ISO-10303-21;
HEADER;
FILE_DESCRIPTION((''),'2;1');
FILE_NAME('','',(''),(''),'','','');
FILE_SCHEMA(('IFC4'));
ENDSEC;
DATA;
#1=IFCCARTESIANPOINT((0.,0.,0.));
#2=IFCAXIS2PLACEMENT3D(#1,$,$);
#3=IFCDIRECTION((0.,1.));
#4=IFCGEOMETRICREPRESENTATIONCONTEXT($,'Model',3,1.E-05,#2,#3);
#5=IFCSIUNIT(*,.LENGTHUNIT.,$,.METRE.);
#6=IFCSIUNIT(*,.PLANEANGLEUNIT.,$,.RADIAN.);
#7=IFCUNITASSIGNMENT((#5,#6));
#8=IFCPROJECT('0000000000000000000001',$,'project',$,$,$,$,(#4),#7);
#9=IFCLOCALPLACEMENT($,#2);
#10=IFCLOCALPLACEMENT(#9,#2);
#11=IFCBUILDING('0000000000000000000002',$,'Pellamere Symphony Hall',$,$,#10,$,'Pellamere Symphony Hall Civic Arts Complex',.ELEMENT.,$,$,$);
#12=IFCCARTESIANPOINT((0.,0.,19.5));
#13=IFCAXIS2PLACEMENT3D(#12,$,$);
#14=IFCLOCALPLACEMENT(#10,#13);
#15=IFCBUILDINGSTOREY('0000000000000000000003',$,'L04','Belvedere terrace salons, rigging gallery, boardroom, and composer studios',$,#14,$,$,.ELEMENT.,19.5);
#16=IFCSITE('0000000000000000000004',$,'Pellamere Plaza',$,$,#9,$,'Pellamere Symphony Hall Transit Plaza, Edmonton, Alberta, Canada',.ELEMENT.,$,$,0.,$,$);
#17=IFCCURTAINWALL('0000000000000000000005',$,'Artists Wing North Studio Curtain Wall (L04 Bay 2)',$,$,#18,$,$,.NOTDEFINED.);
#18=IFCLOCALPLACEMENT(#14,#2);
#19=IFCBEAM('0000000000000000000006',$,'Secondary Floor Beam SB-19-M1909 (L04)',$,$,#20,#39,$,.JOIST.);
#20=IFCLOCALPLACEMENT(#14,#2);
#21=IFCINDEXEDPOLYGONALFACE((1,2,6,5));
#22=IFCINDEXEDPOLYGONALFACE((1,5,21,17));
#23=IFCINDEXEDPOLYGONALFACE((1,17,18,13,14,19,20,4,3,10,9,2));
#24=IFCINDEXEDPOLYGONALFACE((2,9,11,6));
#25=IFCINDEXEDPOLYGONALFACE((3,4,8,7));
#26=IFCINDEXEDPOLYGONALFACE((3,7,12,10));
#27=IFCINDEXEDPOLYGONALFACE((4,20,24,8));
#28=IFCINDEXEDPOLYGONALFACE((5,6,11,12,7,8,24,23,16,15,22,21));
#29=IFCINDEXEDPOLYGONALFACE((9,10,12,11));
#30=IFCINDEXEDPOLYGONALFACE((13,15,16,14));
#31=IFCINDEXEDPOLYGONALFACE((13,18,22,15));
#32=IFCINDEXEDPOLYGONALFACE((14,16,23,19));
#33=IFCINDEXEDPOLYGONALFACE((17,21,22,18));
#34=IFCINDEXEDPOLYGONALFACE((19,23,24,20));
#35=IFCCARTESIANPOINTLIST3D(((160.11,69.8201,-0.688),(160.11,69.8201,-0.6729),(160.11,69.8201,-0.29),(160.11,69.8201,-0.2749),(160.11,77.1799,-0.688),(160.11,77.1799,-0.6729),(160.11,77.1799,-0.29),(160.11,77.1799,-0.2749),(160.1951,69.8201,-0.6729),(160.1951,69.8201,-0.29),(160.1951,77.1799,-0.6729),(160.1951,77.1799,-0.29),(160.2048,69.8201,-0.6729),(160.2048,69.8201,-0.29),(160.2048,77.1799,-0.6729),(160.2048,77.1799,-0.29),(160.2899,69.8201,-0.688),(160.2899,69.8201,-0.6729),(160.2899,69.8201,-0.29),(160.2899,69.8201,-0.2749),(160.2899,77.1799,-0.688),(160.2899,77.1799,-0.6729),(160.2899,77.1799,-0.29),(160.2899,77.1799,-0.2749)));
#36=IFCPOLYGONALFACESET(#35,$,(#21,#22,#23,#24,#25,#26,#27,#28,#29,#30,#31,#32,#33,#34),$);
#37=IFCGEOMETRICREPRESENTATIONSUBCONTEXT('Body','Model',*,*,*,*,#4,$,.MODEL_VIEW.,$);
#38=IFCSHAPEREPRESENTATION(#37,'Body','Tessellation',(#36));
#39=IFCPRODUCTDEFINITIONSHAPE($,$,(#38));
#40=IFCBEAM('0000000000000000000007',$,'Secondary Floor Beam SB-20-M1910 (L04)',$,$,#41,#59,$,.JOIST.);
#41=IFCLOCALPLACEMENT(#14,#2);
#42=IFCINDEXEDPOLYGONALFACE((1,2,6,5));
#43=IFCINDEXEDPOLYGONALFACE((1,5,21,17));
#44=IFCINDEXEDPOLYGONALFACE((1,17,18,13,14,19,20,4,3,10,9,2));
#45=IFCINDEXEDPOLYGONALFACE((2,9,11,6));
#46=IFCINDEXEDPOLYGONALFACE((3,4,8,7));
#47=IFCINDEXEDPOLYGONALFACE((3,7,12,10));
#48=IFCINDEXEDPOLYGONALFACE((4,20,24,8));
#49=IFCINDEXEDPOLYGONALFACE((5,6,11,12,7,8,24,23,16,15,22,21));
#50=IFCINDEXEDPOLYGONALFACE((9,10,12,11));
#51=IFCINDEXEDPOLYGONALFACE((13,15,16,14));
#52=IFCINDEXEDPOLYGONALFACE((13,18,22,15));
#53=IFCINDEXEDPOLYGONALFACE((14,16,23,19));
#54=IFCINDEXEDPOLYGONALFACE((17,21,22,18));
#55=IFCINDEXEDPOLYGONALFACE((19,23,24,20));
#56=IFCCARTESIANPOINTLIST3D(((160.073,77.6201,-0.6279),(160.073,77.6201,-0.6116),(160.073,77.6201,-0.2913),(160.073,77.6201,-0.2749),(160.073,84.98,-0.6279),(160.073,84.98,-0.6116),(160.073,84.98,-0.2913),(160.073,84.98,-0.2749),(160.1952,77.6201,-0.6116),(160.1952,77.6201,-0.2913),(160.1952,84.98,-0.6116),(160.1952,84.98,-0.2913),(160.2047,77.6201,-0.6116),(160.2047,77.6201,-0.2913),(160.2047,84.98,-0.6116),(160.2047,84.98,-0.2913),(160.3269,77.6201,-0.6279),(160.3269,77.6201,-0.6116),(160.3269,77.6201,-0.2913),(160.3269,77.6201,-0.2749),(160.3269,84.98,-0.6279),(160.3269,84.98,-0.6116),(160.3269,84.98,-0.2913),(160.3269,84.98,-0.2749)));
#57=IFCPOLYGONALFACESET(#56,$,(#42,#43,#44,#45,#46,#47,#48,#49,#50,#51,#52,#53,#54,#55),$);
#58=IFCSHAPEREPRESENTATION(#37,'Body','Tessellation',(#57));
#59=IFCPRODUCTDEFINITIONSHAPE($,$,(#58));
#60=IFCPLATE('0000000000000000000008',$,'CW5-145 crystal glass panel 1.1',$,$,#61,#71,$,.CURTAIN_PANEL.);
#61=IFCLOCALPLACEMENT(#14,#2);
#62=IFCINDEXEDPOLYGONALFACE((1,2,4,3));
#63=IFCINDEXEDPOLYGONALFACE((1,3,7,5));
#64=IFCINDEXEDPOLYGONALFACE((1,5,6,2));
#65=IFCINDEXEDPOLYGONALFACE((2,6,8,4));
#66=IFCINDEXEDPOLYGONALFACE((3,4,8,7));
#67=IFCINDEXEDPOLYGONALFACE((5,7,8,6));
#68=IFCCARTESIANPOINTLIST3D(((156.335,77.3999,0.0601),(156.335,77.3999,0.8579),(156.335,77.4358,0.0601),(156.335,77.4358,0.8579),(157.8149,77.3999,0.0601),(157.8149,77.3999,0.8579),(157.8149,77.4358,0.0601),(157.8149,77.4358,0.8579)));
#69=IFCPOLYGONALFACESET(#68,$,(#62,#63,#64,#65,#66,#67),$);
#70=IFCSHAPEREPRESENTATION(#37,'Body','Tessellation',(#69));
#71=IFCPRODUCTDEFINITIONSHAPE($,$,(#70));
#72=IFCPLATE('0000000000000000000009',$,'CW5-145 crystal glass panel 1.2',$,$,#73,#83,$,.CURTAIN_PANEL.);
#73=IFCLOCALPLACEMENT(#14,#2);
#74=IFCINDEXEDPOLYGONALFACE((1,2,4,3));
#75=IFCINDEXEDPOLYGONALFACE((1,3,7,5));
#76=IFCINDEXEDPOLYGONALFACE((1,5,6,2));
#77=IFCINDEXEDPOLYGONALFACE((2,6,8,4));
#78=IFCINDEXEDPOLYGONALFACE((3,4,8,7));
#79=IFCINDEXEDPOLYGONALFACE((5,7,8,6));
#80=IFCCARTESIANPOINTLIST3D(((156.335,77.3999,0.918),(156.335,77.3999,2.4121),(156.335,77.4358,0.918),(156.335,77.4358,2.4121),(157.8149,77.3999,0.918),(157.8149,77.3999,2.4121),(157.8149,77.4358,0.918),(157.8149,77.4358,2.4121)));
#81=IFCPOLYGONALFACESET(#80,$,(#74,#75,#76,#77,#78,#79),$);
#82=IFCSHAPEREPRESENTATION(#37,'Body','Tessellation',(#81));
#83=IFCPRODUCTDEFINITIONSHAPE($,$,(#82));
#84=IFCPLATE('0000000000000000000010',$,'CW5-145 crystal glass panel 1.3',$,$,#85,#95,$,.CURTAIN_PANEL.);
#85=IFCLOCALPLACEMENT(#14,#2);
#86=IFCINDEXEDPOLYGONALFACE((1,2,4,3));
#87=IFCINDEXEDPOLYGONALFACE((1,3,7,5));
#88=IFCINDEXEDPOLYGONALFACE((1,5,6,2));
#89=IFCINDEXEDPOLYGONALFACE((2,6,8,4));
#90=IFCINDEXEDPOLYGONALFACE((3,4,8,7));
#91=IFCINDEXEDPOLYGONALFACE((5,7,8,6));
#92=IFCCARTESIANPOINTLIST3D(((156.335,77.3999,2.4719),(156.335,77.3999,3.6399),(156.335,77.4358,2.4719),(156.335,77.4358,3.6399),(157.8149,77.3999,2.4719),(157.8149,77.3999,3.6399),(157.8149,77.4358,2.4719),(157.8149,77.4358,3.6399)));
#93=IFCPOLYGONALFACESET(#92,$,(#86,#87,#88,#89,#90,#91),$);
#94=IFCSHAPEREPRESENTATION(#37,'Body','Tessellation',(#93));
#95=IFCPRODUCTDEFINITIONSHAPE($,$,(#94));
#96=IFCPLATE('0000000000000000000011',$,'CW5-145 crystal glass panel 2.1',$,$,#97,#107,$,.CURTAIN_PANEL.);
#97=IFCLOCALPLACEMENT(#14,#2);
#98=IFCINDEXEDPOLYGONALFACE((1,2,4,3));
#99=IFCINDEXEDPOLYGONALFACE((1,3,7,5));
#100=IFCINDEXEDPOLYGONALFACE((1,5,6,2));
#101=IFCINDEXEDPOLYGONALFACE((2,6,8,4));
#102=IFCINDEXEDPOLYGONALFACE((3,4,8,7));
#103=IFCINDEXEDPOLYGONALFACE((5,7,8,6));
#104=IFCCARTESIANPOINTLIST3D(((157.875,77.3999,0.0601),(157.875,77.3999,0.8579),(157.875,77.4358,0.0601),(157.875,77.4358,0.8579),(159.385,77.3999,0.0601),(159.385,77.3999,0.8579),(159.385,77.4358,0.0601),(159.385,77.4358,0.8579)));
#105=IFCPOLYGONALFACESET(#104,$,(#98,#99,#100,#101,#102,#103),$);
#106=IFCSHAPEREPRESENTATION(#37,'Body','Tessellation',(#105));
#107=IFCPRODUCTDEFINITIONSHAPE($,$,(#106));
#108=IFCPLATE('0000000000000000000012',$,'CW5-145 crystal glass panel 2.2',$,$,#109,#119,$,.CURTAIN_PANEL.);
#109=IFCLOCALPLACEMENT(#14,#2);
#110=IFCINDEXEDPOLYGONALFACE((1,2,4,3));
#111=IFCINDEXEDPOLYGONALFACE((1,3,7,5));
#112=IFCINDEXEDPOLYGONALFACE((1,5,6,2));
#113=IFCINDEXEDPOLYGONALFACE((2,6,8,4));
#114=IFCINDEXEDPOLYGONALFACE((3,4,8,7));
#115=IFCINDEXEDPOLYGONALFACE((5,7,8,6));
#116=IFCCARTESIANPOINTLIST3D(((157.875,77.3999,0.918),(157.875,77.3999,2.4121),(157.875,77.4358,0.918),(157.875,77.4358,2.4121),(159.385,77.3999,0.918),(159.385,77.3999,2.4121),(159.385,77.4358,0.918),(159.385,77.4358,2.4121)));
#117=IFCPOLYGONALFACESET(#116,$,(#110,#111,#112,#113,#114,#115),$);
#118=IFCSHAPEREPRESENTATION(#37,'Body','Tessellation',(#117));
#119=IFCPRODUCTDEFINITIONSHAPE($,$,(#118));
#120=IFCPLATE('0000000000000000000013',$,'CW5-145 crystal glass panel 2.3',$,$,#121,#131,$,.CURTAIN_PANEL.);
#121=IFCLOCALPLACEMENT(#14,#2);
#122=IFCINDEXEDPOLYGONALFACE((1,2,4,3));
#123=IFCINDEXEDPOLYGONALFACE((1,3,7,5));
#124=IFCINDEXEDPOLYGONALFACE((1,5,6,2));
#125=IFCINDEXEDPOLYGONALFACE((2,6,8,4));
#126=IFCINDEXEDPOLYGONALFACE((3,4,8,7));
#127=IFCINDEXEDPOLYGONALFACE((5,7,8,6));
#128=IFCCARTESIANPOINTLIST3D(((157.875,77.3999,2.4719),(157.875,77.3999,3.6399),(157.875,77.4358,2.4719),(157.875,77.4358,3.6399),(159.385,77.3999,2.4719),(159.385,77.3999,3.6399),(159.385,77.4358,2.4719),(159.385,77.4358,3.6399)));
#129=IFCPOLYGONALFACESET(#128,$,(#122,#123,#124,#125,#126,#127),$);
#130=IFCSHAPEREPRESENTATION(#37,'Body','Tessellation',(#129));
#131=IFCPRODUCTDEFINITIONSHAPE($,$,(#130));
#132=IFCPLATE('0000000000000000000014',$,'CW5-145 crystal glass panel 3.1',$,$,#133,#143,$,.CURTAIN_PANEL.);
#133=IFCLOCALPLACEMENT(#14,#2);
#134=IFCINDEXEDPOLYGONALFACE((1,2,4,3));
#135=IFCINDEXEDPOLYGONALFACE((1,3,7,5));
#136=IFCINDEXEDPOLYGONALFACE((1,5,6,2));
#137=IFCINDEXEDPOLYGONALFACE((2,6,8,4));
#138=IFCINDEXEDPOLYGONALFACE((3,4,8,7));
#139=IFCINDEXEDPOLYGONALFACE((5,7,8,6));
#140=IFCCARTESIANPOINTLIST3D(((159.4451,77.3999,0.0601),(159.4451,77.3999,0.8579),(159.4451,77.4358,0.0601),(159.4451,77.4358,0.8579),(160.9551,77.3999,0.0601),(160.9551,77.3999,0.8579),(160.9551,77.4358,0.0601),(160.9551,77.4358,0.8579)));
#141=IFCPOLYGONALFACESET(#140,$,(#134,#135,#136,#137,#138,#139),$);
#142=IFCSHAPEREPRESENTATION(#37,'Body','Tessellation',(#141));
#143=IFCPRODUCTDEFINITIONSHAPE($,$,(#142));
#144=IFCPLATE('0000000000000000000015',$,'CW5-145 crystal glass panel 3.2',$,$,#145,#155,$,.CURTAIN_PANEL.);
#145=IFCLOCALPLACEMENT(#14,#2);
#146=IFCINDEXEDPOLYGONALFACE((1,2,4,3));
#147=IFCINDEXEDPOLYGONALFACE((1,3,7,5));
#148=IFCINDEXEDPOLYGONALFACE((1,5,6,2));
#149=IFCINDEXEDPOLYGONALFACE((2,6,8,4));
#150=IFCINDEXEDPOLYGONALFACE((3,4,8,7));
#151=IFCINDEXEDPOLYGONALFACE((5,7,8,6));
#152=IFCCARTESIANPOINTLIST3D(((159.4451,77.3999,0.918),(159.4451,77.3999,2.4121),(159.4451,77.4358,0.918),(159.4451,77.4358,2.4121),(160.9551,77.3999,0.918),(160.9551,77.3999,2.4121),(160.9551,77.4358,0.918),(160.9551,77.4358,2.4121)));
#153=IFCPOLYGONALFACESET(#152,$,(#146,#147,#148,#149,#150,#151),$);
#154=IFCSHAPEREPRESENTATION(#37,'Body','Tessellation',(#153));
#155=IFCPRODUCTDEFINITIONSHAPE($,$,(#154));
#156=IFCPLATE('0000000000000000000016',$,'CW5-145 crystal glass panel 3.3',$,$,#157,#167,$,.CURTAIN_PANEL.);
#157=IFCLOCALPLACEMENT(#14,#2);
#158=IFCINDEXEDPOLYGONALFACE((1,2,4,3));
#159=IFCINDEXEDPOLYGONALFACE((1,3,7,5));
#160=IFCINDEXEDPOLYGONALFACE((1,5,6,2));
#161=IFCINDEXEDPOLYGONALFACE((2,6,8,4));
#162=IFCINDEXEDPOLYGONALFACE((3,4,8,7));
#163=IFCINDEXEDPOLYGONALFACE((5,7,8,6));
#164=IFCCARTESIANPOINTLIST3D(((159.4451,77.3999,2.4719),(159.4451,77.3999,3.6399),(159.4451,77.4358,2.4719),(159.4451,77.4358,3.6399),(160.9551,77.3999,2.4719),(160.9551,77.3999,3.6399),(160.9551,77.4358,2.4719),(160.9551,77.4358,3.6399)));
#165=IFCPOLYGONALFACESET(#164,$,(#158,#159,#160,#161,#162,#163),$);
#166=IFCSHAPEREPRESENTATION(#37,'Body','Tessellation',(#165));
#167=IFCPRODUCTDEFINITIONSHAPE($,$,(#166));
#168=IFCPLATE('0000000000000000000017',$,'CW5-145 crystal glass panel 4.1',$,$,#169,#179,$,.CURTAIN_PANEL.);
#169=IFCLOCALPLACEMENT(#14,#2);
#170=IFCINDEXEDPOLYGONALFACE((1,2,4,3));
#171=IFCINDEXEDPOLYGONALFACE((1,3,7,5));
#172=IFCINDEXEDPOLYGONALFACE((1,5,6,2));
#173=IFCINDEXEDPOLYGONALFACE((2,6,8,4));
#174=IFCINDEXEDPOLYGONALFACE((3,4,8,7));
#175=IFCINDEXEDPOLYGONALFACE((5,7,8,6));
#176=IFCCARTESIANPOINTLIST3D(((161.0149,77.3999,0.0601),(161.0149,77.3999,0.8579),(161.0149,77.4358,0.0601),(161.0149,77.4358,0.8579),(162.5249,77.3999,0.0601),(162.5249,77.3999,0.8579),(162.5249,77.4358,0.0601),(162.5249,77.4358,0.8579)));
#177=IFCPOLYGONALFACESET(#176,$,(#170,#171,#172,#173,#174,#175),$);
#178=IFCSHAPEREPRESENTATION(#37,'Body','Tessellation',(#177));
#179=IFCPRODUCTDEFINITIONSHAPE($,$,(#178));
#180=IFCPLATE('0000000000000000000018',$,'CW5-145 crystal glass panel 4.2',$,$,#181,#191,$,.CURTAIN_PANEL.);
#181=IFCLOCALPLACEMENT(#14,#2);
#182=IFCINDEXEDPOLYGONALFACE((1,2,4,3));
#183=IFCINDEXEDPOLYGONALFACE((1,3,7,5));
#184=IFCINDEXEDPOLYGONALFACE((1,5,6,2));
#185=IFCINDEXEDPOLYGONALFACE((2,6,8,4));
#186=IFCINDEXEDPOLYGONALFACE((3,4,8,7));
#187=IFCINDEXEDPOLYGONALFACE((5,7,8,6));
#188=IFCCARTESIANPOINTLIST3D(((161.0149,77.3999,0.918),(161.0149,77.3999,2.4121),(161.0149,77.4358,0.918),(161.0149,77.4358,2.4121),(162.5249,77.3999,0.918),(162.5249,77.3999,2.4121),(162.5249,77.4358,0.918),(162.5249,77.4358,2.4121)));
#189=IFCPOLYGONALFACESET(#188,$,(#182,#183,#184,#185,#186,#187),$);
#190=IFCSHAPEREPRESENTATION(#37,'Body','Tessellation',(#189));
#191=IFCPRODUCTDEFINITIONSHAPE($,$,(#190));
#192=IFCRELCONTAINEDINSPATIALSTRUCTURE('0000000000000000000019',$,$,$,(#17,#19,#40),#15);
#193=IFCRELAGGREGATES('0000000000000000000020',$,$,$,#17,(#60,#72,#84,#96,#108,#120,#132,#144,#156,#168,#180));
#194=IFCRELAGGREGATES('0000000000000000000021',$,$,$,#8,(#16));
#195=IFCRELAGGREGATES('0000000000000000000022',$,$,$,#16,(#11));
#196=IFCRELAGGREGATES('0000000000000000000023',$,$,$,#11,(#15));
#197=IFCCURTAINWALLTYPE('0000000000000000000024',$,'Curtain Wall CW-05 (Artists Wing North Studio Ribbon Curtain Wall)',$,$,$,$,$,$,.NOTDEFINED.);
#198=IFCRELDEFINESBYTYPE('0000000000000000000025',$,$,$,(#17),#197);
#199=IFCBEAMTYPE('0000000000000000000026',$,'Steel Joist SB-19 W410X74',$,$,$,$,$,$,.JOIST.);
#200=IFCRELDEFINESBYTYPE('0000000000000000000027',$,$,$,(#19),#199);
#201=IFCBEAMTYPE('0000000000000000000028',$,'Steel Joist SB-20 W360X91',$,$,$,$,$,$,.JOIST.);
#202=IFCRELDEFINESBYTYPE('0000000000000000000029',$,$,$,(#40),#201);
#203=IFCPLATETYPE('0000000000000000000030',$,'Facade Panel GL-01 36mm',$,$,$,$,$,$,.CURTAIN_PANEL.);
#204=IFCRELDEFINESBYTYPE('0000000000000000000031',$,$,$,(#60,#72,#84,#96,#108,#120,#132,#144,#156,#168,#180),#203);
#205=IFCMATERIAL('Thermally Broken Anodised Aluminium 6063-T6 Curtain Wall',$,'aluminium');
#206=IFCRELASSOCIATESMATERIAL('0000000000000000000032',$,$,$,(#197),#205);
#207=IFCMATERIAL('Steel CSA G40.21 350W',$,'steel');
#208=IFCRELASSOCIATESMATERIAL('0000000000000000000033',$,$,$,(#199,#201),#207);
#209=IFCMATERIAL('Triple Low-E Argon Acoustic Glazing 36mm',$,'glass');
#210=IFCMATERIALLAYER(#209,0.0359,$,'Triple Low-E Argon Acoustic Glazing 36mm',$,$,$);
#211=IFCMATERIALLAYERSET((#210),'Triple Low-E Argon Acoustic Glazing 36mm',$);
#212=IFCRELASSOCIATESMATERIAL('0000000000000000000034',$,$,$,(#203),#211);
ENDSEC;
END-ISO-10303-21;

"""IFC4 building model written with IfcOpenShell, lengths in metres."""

from ifc_helpers import new_model, si_unit, direction, frame, origin, origin_2d, place, context, subcontext, project, spatial, polyline, i_section, outline, extrude, material, layer, layer_set, material_profile, profile_set, type_object, element, aggregate, save


model = new_model("IFC4")

# Units and contexts
model_context = context("Model", 3, precision=1e-05, world=origin(), true_north=direction((0.0, 1.0)))
body_context = subcontext(model_context, "Body", "Model", "MODEL_VIEW")
ifc_project = project(units=[si_unit("LENGTHUNIT", "METRE"), si_unit("PLANEANGLEUNIT", "RADIAN")], contexts=[model_context])

# Site, building, storey
site_placement = place(None, origin())
site = spatial("IfcSite", under=ifc_project, at=site_placement, Name="Pellamere Plaza", LongName="Pellamere Symphony Hall Transit Plaza, Edmonton, Alberta, Canada", CompositionType="ELEMENT", RefElevation=0.0)
building_placement = place(site_placement, origin())
building = spatial("IfcBuilding", under=site, at=building_placement, Name="Pellamere Symphony Hall", LongName="Pellamere Symphony Hall Civic Arts Complex", CompositionType="ELEMENT")
storey_placement = place(building_placement, frame((0.0, 0.0, 19.5)))
storey = spatial("IfcBuildingStorey", under=building, at=storey_placement, Name="L04", Description="Belvedere terrace salons, rigging gallery, boardroom, and composer studios", CompositionType="ELEMENT", Elevation=19.5)

# Curtain wall
ifc_material_1 = material(Name="Thermally Broken Anodised Aluminium 6063-T6 Curtain Wall", Category="aluminium")
curtain_wall_type = type_object("IfcCurtainWallType", Name="Curtain Wall CW-05 (Artists Wing North Studio Ribbon Curtain Wall)", PredefinedType="NOTDEFINED", material=ifc_material_1)
curtain_wall_placement = place(storey_placement, origin())
curtain_wall = element("IfcCurtainWall", 1, at=curtain_wall_placement, inside=storey, type_object=curtain_wall_type, Name="Artists Wing North Studio Curtain Wall (L04 Bay 2)", PredefinedType="NOTDEFINED")

# Beams
ifc_material_2 = material(Name="Steel CSA G40.21 350W", Category="steel")
ifc_material_profile_1 = material_profile(ifc_material_2, i_section(OverallWidth=0.1799, OverallDepth=0.4131, WebThickness=0.0098, FlangeThickness=0.0151, at=origin_2d()), Name="W410X74")
ifc_profile_set_1 = profile_set([ifc_material_profile_1], Name="Steel CSA G40.21 350W")
beam_type_1 = type_object("IfcBeamType", Name="Steel Joist SB-19 W410X74", PredefinedType="JOIST", material=ifc_profile_set_1)
beam_1_placement = place(storey_placement, frame((160.2, 69.8201, -0.4814), z_axis=(0.0, 1.0, 0.0), x_axis=(-1.0, 0.0, 0.0)))
element("IfcBeam", 2, at=beam_1_placement, inside=storey, type_object=beam_type_1, Name="Secondary Floor Beam SB-19-M1909 (L04)", PredefinedType="JOIST", context=body_context, shape_type="SweptSolid", body=[
    extrude(i_section(OverallWidth=0.1799, OverallDepth=0.4131, WebThickness=0.0098, FlangeThickness=0.0151, at=origin_2d()), origin(), (0.0, 0.0, 1.0), 7.3599),
])
ifc_material_profile_2 = material_profile(ifc_material_2, i_section(OverallWidth=0.2539, OverallDepth=0.353, WebThickness=0.0095, FlangeThickness=0.0164, at=origin_2d()), Name="W360X91")
ifc_profile_set_2 = profile_set([ifc_material_profile_2], Name="Steel CSA G40.21 350W")
beam_type_2 = type_object("IfcBeamType", Name="Steel Joist SB-20 W360X91", PredefinedType="JOIST", material=ifc_profile_set_2)
beam_2_placement = place(storey_placement, frame((160.2, 77.6201, -0.4514), z_axis=(0.0, 1.0, 0.0), x_axis=(-1.0, 0.0, 0.0)))
element("IfcBeam", 3, at=beam_2_placement, inside=storey, type_object=beam_type_2, Name="Secondary Floor Beam SB-20-M1910 (L04)", PredefinedType="JOIST", context=body_context, shape_type="SweptSolid", body=[
    extrude(i_section(OverallWidth=0.2539, OverallDepth=0.353, WebThickness=0.0095, FlangeThickness=0.0164, at=origin_2d()), origin(), (0.0, 0.0, 1.0), 7.3599),
])

# Plates
ifc_material_3 = material(Name="Triple Low-E Argon Acoustic Glazing 36mm", Category="glass")
ifc_layer = layer(ifc_material_3, 0.0359, Name="Triple Low-E Argon Acoustic Glazing 36mm")
ifc_layer_set = layer_set([ifc_layer], Name="Triple Low-E Argon Acoustic Glazing 36mm")
plate_type = type_object("IfcPlateType", Name="Facade Panel GL-01 36mm", PredefinedType="CURTAIN_PANEL", material=ifc_layer_set)
plate_1_placement = place(storey_placement, frame((156.335, 77.3999, 0.0601), z_axis=(0.0, -1.0, 0.0), x_axis=(1.0, 0.0, 0.0)))
plate_1 = element("IfcPlate", 4, at=plate_1_placement, type_object=plate_type, Name="CW5-145 crystal glass panel 1.1", PredefinedType="CURTAIN_PANEL", context=body_context, shape_type="SweptSolid", body=[
    extrude(outline(polyline([(0.0, 0.0), (1.48, 0.0), (1.48, 0.7979), (0.0, 0.7979), (0.0, 0.0)])), origin(), (0.0, 0.0, -1.0), 0.0359),
])
plate_2_placement = place(storey_placement, frame((156.335, 77.3999, 0.918), z_axis=(0.0, -1.0, 0.0), x_axis=(1.0, 0.0, 0.0)))
plate_2 = element("IfcPlate", 5, at=plate_2_placement, type_object=plate_type, Name="CW5-145 crystal glass panel 1.2", PredefinedType="CURTAIN_PANEL", context=body_context, shape_type="SweptSolid", body=[
    extrude(outline(polyline([(0.0, 0.0), (1.48, 0.0), (1.48, 1.4941), (0.0, 1.4941), (0.0, 0.0)])), origin(), (0.0, 0.0, -1.0), 0.0359),
])
plate_3_placement = place(storey_placement, frame((156.335, 77.3999, 2.4719), z_axis=(0.0, -1.0, 0.0), x_axis=(1.0, 0.0, 0.0)))
plate_3 = element("IfcPlate", 6, at=plate_3_placement, type_object=plate_type, Name="CW5-145 crystal glass panel 1.3", PredefinedType="CURTAIN_PANEL", context=body_context, shape_type="SweptSolid", body=[
    extrude(outline(polyline([(0.0, 0.0), (1.48, 0.0), (1.48, 1.168), (0.0, 1.168), (0.0, 0.0)])), origin(), (0.0, 0.0, -1.0), 0.0359),
])
plate_4_placement = place(storey_placement, frame((157.875, 77.3999, 0.0601), z_axis=(0.0, -1.0, 0.0), x_axis=(1.0, 0.0, 0.0)))
plate_4 = element("IfcPlate", 7, at=plate_4_placement, type_object=plate_type, Name="CW5-145 crystal glass panel 2.1", PredefinedType="CURTAIN_PANEL", context=body_context, shape_type="SweptSolid", body=[
    extrude(outline(polyline([(0.0, 0.0), (1.51, 0.0), (1.51, 0.7979), (0.0, 0.7979), (0.0, 0.0)])), origin(), (0.0, 0.0, -1.0), 0.0359),
])
plate_5_placement = place(storey_placement, frame((157.875, 77.3999, 0.918), z_axis=(0.0, -1.0, 0.0), x_axis=(1.0, 0.0, 0.0)))
plate_5 = element("IfcPlate", 8, at=plate_5_placement, type_object=plate_type, Name="CW5-145 crystal glass panel 2.2", PredefinedType="CURTAIN_PANEL", context=body_context, shape_type="SweptSolid", body=[
    extrude(outline(polyline([(0.0, 0.0), (1.51, 0.0), (1.51, 1.4941), (0.0, 1.4941), (0.0, 0.0)])), origin(), (0.0, 0.0, -1.0), 0.0359),
])
plate_6_placement = place(storey_placement, frame((157.875, 77.3999, 2.4719), z_axis=(0.0, -1.0, 0.0), x_axis=(1.0, 0.0, 0.0)))
plate_6 = element("IfcPlate", 9, at=plate_6_placement, type_object=plate_type, Name="CW5-145 crystal glass panel 2.3", PredefinedType="CURTAIN_PANEL", context=body_context, shape_type="SweptSolid", body=[
    extrude(outline(polyline([(0.0, 0.0), (1.51, 0.0), (1.51, 1.168), (0.0, 1.168), (0.0, 0.0)])), origin(), (0.0, 0.0, -1.0), 0.0359),
])
plate_7_placement = place(storey_placement, frame((159.4451, 77.3999, 0.0601), z_axis=(0.0, -1.0, 0.0), x_axis=(1.0, 0.0, 0.0)))
plate_7 = element("IfcPlate", 10, at=plate_7_placement, type_object=plate_type, Name="CW5-145 crystal glass panel 3.1", PredefinedType="CURTAIN_PANEL", context=body_context, shape_type="SweptSolid", body=[
    extrude(outline(polyline([(0.0, 0.0), (1.51, 0.0), (1.51, 0.7979), (0.0, 0.7979), (0.0, 0.0)])), origin(), (0.0, 0.0, -1.0), 0.0359),
])
plate_8_placement = place(storey_placement, frame((159.4451, 77.3999, 0.918), z_axis=(0.0, -1.0, 0.0), x_axis=(1.0, 0.0, 0.0)))
plate_8 = element("IfcPlate", 11, at=plate_8_placement, type_object=plate_type, Name="CW5-145 crystal glass panel 3.2", PredefinedType="CURTAIN_PANEL", context=body_context, shape_type="SweptSolid", body=[
    extrude(outline(polyline([(0.0, 0.0), (1.51, 0.0), (1.51, 1.4941), (0.0, 1.4941), (0.0, 0.0)])), origin(), (0.0, 0.0, -1.0), 0.0359),
])
plate_9_placement = place(storey_placement, frame((159.4451, 77.3999, 2.4719), z_axis=(0.0, -1.0, 0.0), x_axis=(1.0, 0.0, 0.0)))
plate_9 = element("IfcPlate", 12, at=plate_9_placement, type_object=plate_type, Name="CW5-145 crystal glass panel 3.3", PredefinedType="CURTAIN_PANEL", context=body_context, shape_type="SweptSolid", body=[
    extrude(outline(polyline([(0.0, 0.0), (1.51, 0.0), (1.51, 1.168), (0.0, 1.168), (0.0, 0.0)])), origin(), (0.0, 0.0, -1.0), 0.0359),
])
plate_10_placement = place(storey_placement, frame((161.0149, 77.3999, 0.0601), z_axis=(0.0, -1.0, 0.0), x_axis=(1.0, 0.0, 0.0)))
plate_10 = element("IfcPlate", 13, at=plate_10_placement, type_object=plate_type, Name="CW5-145 crystal glass panel 4.1", PredefinedType="CURTAIN_PANEL", context=body_context, shape_type="SweptSolid", body=[
    extrude(outline(polyline([(0.0, 0.0), (1.51, 0.0), (1.51, 0.7979), (0.0, 0.7979), (0.0, 0.0)])), origin(), (0.0, 0.0, -1.0), 0.0359),
])
plate_11_placement = place(storey_placement, frame((161.0149, 77.3999, 0.918), z_axis=(0.0, -1.0, 0.0), x_axis=(1.0, 0.0, 0.0)))
plate_11 = element("IfcPlate", 14, at=plate_11_placement, type_object=plate_type, Name="CW5-145 crystal glass panel 4.2", PredefinedType="CURTAIN_PANEL", context=body_context, shape_type="SweptSolid", body=[
    extrude(outline(polyline([(0.0, 0.0), (1.51, 0.0), (1.51, 1.4941), (0.0, 1.4941), (0.0, 0.0)])), origin(), (0.0, 0.0, -1.0), 0.0359),
])
aggregate(curtain_wall, [plate_1, plate_2, plate_3, plate_4, plate_5, plate_6, plate_7, plate_8, plate_9, plate_10, plate_11])

save(model, "model.ifc")
